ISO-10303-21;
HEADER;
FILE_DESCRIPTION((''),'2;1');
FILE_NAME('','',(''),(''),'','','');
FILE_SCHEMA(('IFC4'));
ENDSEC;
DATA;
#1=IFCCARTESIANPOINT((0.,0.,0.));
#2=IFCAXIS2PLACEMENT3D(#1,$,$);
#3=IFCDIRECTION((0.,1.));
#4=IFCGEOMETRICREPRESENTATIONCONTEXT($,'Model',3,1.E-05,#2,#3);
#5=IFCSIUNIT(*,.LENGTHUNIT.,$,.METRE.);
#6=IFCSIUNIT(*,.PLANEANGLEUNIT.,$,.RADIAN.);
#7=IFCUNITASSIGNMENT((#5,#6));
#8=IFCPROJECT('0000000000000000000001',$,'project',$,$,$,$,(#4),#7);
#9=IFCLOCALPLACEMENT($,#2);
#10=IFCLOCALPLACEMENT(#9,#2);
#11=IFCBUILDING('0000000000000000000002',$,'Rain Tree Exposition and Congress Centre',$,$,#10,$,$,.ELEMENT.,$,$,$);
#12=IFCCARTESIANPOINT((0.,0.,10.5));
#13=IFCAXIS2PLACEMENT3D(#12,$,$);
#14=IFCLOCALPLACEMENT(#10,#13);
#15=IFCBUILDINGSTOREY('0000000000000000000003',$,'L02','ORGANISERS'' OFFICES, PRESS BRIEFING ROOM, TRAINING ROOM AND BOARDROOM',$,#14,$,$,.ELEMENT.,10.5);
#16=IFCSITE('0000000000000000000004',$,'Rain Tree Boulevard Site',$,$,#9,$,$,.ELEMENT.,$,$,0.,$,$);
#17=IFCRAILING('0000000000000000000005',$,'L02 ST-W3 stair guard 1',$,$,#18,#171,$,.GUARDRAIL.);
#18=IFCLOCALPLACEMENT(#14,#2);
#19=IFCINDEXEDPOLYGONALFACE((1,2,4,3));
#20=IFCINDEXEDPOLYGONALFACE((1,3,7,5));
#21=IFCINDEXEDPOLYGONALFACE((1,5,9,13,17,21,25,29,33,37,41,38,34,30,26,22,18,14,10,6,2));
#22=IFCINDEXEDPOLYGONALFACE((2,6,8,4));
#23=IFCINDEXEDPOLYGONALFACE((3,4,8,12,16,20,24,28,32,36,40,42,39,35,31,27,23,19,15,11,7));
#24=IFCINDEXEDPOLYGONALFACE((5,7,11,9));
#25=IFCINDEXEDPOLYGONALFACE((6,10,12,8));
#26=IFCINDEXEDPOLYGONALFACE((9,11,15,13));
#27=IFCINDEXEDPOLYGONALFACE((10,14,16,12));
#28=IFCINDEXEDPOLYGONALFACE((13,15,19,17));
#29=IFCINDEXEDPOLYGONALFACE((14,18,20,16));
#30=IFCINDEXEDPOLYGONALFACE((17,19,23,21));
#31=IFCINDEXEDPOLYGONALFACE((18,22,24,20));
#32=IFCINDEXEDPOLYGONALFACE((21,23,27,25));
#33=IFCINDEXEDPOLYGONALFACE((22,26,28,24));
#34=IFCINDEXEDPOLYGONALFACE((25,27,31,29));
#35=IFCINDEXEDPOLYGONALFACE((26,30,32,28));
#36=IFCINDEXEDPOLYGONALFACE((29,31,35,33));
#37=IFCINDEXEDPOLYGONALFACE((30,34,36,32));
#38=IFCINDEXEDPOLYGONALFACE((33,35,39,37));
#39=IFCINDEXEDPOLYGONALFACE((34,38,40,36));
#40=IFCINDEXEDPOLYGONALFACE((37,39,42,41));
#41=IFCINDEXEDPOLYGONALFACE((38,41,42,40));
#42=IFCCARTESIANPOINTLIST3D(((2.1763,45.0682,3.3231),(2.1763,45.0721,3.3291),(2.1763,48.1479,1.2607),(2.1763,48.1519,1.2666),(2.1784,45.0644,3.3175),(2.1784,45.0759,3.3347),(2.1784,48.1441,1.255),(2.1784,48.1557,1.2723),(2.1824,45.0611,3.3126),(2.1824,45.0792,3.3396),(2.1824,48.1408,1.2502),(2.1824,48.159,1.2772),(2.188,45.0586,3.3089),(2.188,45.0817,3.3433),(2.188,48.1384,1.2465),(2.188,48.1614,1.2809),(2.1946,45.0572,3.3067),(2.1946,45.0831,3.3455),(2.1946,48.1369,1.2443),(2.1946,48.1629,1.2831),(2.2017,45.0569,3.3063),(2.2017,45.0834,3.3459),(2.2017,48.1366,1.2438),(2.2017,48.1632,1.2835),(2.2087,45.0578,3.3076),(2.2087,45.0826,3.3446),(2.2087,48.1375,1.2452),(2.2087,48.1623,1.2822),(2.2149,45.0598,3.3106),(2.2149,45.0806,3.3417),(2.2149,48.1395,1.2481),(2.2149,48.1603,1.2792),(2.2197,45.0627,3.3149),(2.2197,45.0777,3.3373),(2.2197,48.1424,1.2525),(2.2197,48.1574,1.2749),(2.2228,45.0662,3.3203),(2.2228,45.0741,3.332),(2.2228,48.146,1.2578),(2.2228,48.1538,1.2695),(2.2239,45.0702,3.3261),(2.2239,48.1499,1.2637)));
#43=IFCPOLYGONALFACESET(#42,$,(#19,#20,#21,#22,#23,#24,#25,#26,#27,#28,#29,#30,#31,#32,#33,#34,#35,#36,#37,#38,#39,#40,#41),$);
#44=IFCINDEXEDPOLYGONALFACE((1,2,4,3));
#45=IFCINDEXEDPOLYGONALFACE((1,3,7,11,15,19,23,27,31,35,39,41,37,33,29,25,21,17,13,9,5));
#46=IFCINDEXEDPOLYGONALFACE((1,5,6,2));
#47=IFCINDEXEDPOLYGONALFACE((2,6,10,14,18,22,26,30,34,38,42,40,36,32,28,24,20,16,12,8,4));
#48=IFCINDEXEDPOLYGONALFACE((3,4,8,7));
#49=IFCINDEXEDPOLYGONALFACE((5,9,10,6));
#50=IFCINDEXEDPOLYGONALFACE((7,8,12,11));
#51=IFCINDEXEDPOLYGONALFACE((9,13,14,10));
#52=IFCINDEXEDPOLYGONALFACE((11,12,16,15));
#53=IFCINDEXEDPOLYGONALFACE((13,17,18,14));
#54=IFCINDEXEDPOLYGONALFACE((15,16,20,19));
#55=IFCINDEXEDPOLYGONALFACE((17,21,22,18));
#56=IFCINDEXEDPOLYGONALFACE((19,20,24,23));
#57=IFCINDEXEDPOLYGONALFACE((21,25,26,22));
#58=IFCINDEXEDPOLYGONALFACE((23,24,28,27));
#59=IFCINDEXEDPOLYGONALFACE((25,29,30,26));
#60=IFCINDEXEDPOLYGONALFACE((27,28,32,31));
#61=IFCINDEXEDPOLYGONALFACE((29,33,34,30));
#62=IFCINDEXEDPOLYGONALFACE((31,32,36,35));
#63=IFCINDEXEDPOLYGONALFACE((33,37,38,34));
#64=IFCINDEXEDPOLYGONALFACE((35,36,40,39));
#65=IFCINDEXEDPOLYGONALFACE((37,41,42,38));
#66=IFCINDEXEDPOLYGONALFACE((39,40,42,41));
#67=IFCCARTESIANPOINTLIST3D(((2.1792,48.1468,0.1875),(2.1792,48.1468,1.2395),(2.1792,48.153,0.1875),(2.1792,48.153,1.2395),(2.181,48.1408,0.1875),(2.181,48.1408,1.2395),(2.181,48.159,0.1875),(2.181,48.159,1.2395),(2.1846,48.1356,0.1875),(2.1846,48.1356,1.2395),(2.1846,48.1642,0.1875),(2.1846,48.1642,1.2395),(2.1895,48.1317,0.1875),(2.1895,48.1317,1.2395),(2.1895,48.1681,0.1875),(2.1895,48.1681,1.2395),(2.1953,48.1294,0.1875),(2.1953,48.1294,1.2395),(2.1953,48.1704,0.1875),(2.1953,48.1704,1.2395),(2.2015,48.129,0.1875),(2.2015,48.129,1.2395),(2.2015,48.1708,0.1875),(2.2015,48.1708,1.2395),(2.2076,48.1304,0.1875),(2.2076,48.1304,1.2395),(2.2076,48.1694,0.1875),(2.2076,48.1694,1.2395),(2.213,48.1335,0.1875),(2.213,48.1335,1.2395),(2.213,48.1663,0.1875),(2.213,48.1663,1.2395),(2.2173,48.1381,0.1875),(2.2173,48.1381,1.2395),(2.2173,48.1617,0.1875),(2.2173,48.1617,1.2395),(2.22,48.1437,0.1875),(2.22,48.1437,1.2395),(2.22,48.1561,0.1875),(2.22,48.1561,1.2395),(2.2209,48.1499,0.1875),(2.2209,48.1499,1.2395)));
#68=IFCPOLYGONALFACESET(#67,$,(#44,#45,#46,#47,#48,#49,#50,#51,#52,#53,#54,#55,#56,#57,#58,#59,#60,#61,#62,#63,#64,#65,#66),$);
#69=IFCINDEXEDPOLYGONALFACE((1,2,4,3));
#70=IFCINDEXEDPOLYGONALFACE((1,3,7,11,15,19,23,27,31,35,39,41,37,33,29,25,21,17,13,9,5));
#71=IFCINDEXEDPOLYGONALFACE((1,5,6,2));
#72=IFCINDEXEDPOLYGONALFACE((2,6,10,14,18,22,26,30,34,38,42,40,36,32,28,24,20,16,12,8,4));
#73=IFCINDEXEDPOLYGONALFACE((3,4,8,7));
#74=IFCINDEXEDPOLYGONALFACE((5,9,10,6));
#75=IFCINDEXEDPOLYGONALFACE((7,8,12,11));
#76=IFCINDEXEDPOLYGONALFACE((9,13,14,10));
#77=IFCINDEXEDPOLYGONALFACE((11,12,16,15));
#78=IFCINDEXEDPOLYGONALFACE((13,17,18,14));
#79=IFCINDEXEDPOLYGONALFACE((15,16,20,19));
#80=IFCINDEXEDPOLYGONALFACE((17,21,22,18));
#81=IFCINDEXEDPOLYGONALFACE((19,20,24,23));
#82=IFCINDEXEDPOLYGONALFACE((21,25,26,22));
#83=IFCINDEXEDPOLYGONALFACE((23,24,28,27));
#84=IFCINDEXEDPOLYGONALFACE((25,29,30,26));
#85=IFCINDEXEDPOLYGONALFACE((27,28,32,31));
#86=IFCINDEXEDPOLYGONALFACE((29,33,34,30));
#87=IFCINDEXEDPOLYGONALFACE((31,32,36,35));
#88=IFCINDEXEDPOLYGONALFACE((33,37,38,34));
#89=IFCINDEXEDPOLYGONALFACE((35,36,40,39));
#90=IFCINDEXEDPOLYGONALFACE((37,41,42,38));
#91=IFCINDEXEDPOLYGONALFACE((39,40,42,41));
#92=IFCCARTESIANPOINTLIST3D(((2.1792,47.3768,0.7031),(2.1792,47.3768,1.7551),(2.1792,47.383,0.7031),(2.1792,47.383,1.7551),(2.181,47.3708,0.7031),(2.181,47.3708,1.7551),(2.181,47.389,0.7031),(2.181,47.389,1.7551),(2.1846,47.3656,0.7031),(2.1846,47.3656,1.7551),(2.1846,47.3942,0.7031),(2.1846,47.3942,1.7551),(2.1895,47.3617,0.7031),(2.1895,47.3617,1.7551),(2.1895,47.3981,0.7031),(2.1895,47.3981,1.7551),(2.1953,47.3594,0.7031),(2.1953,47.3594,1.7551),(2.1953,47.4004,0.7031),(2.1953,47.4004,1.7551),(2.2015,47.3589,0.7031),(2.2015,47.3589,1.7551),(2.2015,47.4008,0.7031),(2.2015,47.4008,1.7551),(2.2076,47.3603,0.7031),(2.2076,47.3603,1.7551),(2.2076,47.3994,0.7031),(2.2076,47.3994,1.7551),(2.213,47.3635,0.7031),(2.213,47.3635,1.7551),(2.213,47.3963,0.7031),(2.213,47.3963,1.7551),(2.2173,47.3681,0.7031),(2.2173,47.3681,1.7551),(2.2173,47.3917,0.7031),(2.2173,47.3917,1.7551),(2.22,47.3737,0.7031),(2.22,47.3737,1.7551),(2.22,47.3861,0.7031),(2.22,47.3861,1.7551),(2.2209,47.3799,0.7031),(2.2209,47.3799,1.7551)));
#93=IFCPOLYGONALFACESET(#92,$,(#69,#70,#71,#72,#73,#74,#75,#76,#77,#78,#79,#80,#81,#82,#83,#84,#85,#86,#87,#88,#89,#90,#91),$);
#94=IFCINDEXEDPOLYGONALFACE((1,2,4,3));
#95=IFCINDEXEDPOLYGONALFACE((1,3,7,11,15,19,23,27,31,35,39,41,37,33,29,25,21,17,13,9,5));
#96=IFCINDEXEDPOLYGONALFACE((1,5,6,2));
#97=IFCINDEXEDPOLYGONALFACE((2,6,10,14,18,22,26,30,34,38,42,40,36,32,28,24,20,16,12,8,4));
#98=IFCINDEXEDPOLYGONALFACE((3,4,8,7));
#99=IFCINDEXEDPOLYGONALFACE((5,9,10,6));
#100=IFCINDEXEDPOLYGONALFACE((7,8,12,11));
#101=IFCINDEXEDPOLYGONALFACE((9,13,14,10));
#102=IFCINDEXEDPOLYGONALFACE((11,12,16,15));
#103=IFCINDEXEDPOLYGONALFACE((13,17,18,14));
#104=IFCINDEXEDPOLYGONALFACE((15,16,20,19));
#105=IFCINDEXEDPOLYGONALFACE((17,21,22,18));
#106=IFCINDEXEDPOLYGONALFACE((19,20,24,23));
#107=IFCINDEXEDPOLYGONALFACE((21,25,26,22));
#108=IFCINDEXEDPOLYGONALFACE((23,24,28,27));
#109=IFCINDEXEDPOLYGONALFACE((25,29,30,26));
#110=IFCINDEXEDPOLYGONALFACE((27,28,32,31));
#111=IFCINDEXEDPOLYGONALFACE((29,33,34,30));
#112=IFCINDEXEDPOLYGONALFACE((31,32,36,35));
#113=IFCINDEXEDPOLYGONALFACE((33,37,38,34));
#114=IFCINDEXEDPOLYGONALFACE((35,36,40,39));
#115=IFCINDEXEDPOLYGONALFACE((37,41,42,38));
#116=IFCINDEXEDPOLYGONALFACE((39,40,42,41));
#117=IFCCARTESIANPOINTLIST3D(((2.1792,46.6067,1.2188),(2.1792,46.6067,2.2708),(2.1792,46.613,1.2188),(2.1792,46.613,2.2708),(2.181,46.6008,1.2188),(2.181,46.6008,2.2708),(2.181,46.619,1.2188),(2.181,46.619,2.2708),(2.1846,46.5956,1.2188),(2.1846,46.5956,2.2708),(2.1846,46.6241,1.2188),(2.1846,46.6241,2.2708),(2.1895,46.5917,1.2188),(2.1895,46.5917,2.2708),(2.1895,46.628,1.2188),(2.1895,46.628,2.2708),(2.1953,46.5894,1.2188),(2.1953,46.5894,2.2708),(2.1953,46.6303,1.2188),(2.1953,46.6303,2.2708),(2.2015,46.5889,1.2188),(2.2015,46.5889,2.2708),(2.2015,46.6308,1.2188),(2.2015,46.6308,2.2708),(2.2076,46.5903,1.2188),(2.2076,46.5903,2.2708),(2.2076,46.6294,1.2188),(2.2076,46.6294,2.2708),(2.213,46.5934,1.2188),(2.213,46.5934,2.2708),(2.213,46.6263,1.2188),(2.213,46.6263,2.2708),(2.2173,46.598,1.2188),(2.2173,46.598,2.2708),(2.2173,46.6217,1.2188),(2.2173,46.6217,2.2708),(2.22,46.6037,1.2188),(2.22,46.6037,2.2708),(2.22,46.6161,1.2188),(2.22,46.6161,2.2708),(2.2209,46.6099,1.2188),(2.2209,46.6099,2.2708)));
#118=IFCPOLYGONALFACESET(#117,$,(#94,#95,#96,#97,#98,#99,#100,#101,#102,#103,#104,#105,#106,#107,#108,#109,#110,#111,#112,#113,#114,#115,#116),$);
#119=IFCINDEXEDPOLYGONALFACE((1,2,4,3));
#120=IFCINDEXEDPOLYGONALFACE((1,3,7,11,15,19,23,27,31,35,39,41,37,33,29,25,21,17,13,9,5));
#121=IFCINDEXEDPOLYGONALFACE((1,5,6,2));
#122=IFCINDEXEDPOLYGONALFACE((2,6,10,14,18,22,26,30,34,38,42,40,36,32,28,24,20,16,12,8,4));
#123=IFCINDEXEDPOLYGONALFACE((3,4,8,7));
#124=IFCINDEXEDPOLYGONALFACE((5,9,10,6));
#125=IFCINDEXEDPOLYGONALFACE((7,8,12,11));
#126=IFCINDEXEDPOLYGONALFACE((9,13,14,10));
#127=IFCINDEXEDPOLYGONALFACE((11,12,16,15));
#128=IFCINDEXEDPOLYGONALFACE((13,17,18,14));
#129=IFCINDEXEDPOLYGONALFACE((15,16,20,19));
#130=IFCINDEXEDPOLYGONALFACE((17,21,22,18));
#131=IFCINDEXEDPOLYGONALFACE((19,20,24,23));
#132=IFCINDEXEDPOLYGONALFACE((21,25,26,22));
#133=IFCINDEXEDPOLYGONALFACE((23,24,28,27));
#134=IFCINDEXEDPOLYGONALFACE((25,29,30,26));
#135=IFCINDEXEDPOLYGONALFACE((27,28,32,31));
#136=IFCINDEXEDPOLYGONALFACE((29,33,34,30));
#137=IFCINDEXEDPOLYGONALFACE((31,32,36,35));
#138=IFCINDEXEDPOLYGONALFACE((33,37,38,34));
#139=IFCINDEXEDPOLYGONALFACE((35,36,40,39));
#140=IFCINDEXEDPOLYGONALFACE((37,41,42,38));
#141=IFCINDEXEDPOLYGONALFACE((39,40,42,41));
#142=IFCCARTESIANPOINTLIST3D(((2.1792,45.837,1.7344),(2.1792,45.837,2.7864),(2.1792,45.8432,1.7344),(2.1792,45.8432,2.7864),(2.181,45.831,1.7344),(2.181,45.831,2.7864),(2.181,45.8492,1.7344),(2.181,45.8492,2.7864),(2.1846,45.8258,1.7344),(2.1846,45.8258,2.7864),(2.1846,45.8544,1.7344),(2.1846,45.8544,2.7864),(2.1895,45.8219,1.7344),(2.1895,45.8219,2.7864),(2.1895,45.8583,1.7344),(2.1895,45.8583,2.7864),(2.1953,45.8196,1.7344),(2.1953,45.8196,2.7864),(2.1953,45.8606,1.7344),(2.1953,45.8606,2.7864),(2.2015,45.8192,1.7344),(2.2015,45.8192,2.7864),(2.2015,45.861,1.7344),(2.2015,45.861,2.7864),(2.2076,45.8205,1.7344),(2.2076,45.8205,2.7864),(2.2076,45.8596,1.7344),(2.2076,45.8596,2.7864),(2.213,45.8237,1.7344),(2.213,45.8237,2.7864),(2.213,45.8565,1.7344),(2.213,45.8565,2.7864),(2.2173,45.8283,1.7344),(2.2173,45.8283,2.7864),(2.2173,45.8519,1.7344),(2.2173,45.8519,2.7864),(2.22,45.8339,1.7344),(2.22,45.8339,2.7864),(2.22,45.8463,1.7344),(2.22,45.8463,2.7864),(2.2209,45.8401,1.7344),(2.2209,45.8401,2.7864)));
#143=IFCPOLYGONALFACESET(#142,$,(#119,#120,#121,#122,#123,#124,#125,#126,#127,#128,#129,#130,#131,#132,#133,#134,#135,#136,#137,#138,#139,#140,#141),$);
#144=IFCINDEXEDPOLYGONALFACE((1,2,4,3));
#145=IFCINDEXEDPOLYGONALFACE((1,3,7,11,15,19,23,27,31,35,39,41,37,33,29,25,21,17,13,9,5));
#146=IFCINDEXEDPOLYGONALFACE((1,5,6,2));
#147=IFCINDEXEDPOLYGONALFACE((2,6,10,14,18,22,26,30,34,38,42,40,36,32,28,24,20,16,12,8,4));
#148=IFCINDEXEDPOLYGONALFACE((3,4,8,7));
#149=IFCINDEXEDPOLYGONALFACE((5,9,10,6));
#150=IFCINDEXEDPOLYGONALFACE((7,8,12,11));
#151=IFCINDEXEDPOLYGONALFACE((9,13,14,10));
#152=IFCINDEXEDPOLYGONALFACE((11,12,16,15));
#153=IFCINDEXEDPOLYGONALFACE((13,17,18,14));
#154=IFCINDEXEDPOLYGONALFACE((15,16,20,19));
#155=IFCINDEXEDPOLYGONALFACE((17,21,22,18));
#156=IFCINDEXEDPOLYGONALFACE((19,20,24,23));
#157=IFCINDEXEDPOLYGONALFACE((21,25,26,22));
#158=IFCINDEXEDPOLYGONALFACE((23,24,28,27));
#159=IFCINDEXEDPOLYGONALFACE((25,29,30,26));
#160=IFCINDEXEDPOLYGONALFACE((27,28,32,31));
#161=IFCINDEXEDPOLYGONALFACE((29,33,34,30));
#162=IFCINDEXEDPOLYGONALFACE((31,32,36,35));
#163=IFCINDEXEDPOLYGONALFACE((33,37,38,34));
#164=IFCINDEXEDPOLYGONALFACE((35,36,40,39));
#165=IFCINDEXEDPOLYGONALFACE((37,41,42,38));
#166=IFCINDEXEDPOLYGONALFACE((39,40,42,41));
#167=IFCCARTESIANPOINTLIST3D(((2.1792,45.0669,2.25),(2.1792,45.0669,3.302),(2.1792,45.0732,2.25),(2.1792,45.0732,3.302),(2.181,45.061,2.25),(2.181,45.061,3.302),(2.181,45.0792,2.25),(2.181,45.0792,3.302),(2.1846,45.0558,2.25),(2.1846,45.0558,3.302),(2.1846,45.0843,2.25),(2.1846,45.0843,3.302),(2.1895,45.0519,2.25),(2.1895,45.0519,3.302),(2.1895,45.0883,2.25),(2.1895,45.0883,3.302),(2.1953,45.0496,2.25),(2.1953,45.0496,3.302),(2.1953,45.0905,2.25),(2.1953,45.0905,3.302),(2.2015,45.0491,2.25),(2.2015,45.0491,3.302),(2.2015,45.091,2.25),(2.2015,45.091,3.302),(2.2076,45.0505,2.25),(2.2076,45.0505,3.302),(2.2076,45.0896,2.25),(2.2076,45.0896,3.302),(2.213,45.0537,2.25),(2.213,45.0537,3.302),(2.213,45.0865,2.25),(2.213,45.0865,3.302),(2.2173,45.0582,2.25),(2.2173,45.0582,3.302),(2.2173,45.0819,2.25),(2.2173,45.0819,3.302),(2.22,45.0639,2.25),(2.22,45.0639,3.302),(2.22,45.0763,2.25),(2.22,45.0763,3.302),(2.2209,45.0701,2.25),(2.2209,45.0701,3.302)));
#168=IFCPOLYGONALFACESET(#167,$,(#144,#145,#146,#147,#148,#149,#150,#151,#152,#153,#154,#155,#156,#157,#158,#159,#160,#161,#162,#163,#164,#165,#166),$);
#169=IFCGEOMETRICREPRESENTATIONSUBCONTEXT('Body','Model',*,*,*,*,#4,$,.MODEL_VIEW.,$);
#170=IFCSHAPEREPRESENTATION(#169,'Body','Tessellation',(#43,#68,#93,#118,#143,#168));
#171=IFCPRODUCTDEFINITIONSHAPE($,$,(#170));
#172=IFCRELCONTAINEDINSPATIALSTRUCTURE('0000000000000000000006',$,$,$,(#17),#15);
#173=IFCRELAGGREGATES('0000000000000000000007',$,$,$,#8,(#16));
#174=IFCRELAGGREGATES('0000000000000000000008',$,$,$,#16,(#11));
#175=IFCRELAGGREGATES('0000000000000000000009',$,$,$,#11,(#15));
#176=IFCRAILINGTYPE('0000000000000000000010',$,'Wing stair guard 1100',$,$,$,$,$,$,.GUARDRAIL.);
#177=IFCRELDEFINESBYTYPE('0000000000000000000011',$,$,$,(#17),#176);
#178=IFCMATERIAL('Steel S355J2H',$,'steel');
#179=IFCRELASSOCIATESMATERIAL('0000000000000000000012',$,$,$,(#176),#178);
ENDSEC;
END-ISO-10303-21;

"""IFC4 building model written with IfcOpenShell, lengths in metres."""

from ifc_helpers import new_model, si_unit, direction, frame, origin, origin_2d, place, context, subcontext, project, spatial, circle, extrude, material, type_object, element, save


model = new_model("IFC4")

# Units and contexts
model_context = context("Model", 3, precision=1e-05, world=origin(), true_north=direction((0.0, 1.0)))
body_context = subcontext(model_context, "Body", "Model", "MODEL_VIEW")
ifc_project = project(units=[si_unit("LENGTHUNIT", "METRE"), si_unit("PLANEANGLEUNIT", "RADIAN")], contexts=[model_context])

# Site, building, storey
site_placement = place(None, origin())
site = spatial("IfcSite", under=ifc_project, at=site_placement, Name="Rain Tree Boulevard Site", CompositionType="ELEMENT", RefElevation=0.0)
building_placement = place(site_placement, origin())
building = spatial("IfcBuilding", under=site, at=building_placement, Name="Rain Tree Exposition and Congress Centre", CompositionType="ELEMENT")
storey_placement = place(building_placement, frame((0.0, 0.0, 10.5)))
storey = spatial("IfcBuildingStorey", under=building, at=storey_placement, Name="L02", Description="ORGANISERS' OFFICES, PRESS BRIEFING ROOM, TRAINING ROOM AND BOARDROOM", CompositionType="ELEMENT", Elevation=10.5)

# Railing
ifc_material_1 = material(Name="Steel S355J2H", Category="steel")
railing_type_1 = type_object("IfcRailingType", Name="Wing stair guard 1100", PredefinedType="GUARDRAIL", material=ifc_material_1)
railing_1_placement = place(storey_placement, frame((2.2, 48.1499, 0.1875)))
element("IfcRailing", 1, at=railing_1_placement, inside=storey, type_object=railing_type_1, Name="L02 ST-W3 stair guard 1", PredefinedType="GUARDRAIL", context=body_context, shape_type="SweptSolid", body=[
    extrude(circle(Radius=0.0239, at=origin_2d()), frame((0.0, 0.0, 1.0762), z_axis=(0.0, -0.830893, 0.556432), x_axis=(1.0, 0.0, 0.0)), (0.0, 0.0, 1.0), 3.7065),
    extrude(circle(Radius=0.021, at=origin_2d()), origin(), (0.0, 0.0, 1.0), 1.052),
    extrude(circle(Radius=0.021, at=origin_2d()), frame((0.0, -0.77, 0.5156)), (0.0, 0.0, 1.0), 1.052),
    extrude(circle(Radius=0.021, at=origin_2d()), frame((0.0, -1.54, 1.0312)), (0.0, 0.0, 1.0), 1.052),
    extrude(circle(Radius=0.021, at=origin_2d()), frame((0.0, -2.3098, 1.5469)), (0.0, 0.0, 1.0), 1.052),
    extrude(circle(Radius=0.021, at=origin_2d()), frame((0.0, -3.0798, 2.0625)), (0.0, 0.0, 1.0), 1.052),
])

save(model, "model.ifc")
